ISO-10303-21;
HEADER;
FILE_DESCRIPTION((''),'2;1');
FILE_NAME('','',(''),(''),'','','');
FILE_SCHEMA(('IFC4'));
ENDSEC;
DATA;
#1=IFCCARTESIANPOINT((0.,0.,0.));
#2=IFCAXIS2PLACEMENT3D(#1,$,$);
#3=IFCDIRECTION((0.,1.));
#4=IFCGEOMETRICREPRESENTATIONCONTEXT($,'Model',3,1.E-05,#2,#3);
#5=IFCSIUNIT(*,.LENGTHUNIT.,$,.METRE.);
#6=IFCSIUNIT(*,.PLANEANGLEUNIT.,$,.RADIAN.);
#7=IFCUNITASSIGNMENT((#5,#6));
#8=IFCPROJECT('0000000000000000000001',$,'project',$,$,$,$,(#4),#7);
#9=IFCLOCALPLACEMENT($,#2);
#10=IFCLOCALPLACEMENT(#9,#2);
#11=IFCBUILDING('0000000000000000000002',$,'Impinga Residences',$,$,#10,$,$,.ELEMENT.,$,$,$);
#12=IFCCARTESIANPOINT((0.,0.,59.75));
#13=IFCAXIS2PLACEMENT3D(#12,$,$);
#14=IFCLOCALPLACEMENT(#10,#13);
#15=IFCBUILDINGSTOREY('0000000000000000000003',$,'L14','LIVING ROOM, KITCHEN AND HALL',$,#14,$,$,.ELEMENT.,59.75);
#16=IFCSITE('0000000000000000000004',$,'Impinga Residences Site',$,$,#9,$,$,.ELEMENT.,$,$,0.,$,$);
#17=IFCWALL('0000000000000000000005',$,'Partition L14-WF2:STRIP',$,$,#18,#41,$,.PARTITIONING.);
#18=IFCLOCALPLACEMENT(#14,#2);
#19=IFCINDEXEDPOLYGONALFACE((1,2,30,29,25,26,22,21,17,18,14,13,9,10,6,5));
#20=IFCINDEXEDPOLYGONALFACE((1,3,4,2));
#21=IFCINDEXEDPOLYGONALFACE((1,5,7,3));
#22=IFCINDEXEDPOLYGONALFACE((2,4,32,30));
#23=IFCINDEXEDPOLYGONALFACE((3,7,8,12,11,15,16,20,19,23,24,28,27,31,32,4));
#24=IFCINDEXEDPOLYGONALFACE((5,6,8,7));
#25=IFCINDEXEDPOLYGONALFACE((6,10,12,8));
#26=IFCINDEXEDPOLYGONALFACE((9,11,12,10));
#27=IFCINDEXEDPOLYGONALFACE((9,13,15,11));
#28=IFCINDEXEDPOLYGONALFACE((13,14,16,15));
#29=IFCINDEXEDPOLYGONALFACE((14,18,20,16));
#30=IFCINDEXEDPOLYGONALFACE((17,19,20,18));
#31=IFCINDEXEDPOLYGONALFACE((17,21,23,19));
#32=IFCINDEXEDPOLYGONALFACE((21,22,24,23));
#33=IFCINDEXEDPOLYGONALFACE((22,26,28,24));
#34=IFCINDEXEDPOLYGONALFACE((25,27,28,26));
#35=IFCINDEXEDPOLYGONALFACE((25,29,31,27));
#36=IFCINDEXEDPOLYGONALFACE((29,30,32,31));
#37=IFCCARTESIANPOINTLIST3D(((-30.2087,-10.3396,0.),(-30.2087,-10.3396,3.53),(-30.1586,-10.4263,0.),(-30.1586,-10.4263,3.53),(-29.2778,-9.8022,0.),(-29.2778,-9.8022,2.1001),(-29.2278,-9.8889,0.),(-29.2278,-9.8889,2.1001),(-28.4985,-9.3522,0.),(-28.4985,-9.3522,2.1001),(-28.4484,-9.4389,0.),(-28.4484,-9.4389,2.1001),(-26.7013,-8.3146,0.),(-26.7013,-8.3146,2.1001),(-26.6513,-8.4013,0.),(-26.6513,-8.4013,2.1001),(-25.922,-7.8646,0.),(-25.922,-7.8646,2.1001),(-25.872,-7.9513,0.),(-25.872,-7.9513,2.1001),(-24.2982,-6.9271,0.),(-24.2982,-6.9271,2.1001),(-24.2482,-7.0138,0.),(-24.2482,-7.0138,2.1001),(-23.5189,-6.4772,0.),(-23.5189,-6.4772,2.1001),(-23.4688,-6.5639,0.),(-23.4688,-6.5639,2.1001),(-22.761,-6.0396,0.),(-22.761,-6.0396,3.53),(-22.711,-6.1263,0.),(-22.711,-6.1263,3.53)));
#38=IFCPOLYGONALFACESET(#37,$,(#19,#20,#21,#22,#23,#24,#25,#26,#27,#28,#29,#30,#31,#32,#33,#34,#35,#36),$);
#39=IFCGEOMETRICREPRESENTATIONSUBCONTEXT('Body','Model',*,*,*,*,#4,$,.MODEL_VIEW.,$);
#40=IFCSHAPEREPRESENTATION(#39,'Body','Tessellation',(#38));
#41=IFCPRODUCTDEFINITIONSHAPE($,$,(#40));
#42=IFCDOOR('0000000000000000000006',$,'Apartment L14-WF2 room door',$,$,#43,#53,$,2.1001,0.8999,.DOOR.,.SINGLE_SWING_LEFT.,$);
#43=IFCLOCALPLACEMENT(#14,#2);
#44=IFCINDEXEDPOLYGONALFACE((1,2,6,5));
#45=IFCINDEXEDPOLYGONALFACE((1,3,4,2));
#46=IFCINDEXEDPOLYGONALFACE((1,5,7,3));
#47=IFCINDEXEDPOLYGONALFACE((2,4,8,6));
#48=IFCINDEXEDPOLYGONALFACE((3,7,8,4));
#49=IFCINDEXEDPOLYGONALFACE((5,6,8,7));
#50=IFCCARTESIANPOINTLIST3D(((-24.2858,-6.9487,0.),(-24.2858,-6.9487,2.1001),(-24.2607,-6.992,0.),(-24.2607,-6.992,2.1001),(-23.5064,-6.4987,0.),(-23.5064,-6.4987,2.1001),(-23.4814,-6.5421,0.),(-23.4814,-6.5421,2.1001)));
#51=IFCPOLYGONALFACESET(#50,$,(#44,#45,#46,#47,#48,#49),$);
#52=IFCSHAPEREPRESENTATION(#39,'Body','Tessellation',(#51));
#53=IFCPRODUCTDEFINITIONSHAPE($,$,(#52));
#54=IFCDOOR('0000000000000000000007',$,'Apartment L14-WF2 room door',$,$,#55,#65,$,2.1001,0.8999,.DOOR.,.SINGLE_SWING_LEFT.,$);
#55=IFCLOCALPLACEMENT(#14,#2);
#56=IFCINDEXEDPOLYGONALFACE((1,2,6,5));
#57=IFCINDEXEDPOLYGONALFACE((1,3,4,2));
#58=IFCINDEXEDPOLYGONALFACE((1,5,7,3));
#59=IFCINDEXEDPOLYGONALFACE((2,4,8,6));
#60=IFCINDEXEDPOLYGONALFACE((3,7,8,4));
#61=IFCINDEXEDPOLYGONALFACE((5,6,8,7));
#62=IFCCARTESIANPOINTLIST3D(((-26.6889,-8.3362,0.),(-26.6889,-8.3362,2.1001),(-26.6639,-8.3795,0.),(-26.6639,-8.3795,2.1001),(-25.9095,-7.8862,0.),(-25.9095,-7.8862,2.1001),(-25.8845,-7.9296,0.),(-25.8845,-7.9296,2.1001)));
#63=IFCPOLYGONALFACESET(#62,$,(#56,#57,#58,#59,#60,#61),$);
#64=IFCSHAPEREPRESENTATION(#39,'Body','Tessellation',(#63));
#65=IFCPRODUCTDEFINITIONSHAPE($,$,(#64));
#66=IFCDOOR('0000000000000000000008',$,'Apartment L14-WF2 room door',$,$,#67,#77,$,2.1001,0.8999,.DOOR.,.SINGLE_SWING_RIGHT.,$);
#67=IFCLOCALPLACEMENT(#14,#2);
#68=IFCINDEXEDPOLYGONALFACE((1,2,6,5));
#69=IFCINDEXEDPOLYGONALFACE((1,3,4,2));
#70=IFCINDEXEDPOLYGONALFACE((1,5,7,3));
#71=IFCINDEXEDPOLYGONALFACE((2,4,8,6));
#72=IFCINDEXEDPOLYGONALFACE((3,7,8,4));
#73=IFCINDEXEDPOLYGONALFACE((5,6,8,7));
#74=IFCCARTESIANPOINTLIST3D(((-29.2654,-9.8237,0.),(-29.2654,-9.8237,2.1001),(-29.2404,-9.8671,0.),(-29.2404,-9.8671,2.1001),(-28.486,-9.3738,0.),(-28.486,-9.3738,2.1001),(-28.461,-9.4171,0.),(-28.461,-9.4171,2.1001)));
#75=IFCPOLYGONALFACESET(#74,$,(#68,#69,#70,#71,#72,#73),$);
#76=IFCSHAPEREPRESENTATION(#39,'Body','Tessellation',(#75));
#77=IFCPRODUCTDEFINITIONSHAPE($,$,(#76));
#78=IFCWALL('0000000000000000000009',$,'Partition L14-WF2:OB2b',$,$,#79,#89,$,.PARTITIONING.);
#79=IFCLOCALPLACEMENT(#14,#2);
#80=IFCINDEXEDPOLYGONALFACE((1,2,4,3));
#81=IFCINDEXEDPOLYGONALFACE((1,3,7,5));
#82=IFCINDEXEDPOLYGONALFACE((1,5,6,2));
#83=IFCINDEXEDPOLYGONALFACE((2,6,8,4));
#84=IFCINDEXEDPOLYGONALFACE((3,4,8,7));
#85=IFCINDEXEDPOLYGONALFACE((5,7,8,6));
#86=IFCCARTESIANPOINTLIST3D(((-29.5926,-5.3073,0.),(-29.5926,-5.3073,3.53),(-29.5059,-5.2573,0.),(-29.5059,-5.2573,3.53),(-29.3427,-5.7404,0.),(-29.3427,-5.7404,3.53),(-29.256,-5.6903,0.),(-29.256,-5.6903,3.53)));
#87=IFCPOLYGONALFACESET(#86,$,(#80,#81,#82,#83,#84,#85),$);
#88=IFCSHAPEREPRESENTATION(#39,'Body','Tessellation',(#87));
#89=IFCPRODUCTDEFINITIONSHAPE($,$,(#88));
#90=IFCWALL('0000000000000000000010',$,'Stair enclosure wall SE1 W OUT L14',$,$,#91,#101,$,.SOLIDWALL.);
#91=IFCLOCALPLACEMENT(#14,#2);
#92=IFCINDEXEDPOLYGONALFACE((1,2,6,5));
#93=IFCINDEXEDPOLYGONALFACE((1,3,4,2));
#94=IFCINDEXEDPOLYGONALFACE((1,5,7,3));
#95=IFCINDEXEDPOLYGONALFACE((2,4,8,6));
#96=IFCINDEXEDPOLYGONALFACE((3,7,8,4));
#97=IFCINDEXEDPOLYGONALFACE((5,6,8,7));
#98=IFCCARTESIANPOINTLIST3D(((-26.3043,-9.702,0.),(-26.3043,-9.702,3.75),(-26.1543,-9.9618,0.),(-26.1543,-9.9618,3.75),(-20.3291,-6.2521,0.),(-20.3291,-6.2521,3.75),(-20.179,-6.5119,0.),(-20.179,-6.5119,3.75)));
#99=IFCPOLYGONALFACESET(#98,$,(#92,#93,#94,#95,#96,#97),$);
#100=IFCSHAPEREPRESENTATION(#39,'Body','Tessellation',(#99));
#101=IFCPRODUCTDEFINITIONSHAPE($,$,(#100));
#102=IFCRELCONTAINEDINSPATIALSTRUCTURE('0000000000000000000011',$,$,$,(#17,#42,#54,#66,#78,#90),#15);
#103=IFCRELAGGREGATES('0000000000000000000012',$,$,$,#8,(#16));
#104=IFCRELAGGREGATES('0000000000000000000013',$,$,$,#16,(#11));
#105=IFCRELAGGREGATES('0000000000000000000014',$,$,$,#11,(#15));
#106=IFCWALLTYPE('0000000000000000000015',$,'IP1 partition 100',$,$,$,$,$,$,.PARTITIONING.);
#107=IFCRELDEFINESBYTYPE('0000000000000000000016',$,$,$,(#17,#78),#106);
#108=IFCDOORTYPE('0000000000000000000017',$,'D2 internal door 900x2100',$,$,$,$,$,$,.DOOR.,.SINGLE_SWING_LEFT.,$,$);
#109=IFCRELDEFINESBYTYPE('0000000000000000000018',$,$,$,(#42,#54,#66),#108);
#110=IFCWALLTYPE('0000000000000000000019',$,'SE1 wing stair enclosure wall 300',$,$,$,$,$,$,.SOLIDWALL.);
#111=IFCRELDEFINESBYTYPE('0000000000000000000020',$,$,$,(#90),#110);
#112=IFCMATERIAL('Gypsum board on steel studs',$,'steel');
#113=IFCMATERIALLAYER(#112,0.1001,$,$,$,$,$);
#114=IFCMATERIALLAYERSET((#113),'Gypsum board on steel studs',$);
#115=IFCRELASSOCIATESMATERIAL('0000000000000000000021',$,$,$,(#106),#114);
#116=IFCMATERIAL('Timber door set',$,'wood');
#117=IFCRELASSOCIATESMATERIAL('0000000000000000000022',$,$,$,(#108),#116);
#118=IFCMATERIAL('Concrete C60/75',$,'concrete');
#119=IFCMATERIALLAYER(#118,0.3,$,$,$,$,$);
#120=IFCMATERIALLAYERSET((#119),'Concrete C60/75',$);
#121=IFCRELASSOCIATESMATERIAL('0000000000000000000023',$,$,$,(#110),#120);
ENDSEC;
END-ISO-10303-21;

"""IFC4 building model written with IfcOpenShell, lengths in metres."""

from ifc_helpers import new_model, si_unit, direction, frame, frame_2d, origin, place, context, subcontext, project, spatial, rectangle, extrude, material, layer, layer_set, type_object, element, fill, save


model = new_model("IFC4")

# Units and contexts
model_context = context("Model", 3, precision=1e-05, world=origin(), true_north=direction((0.0, 1.0)))
body_context = subcontext(model_context, "Body", "Model", "MODEL_VIEW")
ifc_project = project(units=[si_unit("LENGTHUNIT", "METRE"), si_unit("PLANEANGLEUNIT", "RADIAN")], contexts=[model_context])

# Site, building, storey
site_placement = place(None, origin())
site = spatial("IfcSite", under=ifc_project, at=site_placement, Name="Impinga Residences Site", CompositionType="ELEMENT", RefElevation=0.0)
building_placement = place(site_placement, origin())
building = spatial("IfcBuilding", under=site, at=building_placement, Name="Impinga Residences", CompositionType="ELEMENT")
storey_placement = place(building_placement, frame((0.0, 0.0, 59.75)))
storey = spatial("IfcBuildingStorey", under=building, at=storey_placement, Name="L14", Description="LIVING ROOM, KITCHEN AND HALL", CompositionType="ELEMENT", Elevation=59.75)

# Shared definitions
ifc_material_1 = material(Name="Concrete C60/75", Category="concrete")

# Shared definitions
ifc_material_2 = material(Name="Gypsum board on steel studs", Category="steel")
ifc_layer_1 = layer(ifc_material_2, 0.1001)
ifc_layer_set_1 = layer_set([ifc_layer_1], Name="Gypsum board on steel studs")
wall_type_1 = type_object("IfcWallType", Name="IP1 partition 100", PredefinedType="PARTITIONING", material=ifc_layer_set_1)

# Wall, openings, doors
wall_1_placement = place(storey_placement, frame((-22.7361, -6.083, 0.0), z_axis=(0.0, 0.0, 1.0), x_axis=(-0.866021, -0.500008, 0.0)))
wall_1 = element("IfcWall", 1, at=wall_1_placement, inside=storey, type_object=wall_type_1, Name="Partition L14-WF2:STRIP", PredefinedType="PARTITIONING", context=body_context, shape_type="SweptSolid", body=[
    extrude(rectangle(XDim=8.5999, YDim=0.1001, at=frame_2d((4.2998, 0.0))), origin(), (0.0, 0.0, 1.0), 3.53),
])
opening_1_placement = place(wall_1_placement, frame((0.875, 0.0, 0.0)))
opening_1 = element("IfcOpeningElement", 2, at=opening_1_placement, cuts=wall_1, PredefinedType="OPENING", context=body_context, shape_type="SweptSolid", body=[
    extrude(rectangle(XDim=0.8999, YDim=2.1001, at=frame_2d((0.45, 1.05))), frame((0.0, 0.0601, 0.0), z_axis=(0.0, -1.0, 0.0), x_axis=(1.0, 0.0, 0.0)), (0.0, 0.0, 1.0), 0.1201),
])
opening_2_placement = place(wall_1_placement, frame((3.6499, 0.0, 0.0)))
opening_2 = element("IfcOpeningElement", 3, at=opening_2_placement, cuts=wall_1, PredefinedType="OPENING", context=body_context, shape_type="SweptSolid", body=[
    extrude(rectangle(XDim=0.8999, YDim=2.1001, at=frame_2d((0.45, 1.05))), frame((0.0, 0.0601, 0.0), z_axis=(0.0, -1.0, 0.0), x_axis=(1.0, 0.0, 0.0)), (0.0, 0.0, 1.0), 0.1201),
])
opening_3_placement = place(wall_1_placement, frame((6.625, 0.0, 0.0)))
opening_3 = element("IfcOpeningElement", 4, at=opening_3_placement, cuts=wall_1, PredefinedType="OPENING", context=body_context, shape_type="SweptSolid", body=[
    extrude(rectangle(XDim=0.8999, YDim=2.1001, at=frame_2d((0.45, 1.05))), frame((0.0, 0.0601, 0.0), z_axis=(0.0, -1.0, 0.0), x_axis=(1.0, 0.0, 0.0)), (0.0, 0.0, 1.0), 0.1201),
])
ifc_material_3 = material(Name="Timber door set", Category="wood")
door_type = type_object("IfcDoorType", Name="D2 internal door 900x2100", OperationType="SINGLE_SWING_LEFT", PredefinedType="DOOR", material=ifc_material_3)
door_1_placement = place(opening_1_placement, origin())
door_1 = element("IfcDoor", 5, at=door_1_placement, inside=storey, type_object=door_type, Name="Apartment L14-WF2 room door", OperationType="SINGLE_SWING_LEFT", OverallHeight=2.1001, OverallWidth=0.8999, PredefinedType="DOOR", context=body_context, shape_type="SweptSolid", body=[
    extrude(rectangle(XDim=0.8999, YDim=2.1001, at=frame_2d((0.45, 1.05))), frame((0.0, 0.0249, 0.0), z_axis=(0.0, -1.0, 0.0), x_axis=(1.0, 0.0, 0.0)), (0.0, 0.0, 1.0), 0.05),
])
fill(opening_1, door_1)
door_2_placement = place(opening_2_placement, origin())
door_2 = element("IfcDoor", 6, at=door_2_placement, inside=storey, type_object=door_type, Name="Apartment L14-WF2 room door", OperationType="SINGLE_SWING_LEFT", OverallHeight=2.1001, OverallWidth=0.8999, PredefinedType="DOOR", context=body_context, shape_type="SweptSolid", body=[
    extrude(rectangle(XDim=0.8999, YDim=2.1001, at=frame_2d((0.45, 1.05))), frame((0.0, 0.0249, 0.0), z_axis=(0.0, -1.0, 0.0), x_axis=(1.0, 0.0, 0.0)), (0.0, 0.0, 1.0), 0.05),
])
fill(opening_2, door_2)
door_3_placement = place(opening_3_placement, origin())
door_3 = element("IfcDoor", 7, at=door_3_placement, inside=storey, type_object=door_type, Name="Apartment L14-WF2 room door", OperationType="SINGLE_SWING_RIGHT", OverallHeight=2.1001, OverallWidth=0.8999, PredefinedType="DOOR", context=body_context, shape_type="SweptSolid", body=[
    extrude(rectangle(XDim=0.8999, YDim=2.1001, at=frame_2d((0.45, 1.05))), frame((0.0, 0.0249, 0.0), z_axis=(0.0, -1.0, 0.0), x_axis=(1.0, 0.0, 0.0)), (0.0, 0.0, 1.0), 0.05),
])
fill(opening_3, door_3)

# Walls
wall_2_placement = place(storey_placement, frame((-29.2993, -5.7153, 0.0), z_axis=(0.0, 0.0, 1.0), x_axis=(-0.49992, 0.866072, 0.0)))
element("IfcWall", 8, at=wall_2_placement, inside=storey, type_object=wall_type_1, Name="Partition L14-WF2:OB2b", PredefinedType="PARTITIONING", context=body_context, shape_type="SweptSolid", body=[
    extrude(rectangle(XDim=0.5, YDim=0.1001, at=frame_2d((0.25, 0.0))), origin(), (0.0, 0.0, 1.0), 3.53),
])
ifc_layer_2 = layer(ifc_material_1, 0.3)
ifc_layer_set_2 = layer_set([ifc_layer_2], Name="Concrete C60/75")
wall_type_2 = type_object("IfcWallType", Name="SE1 wing stair enclosure wall 300", PredefinedType="SOLIDWALL", material=ifc_layer_set_2)
wall_3_placement = place(storey_placement, frame((-20.2542, -6.3821, 0.0), z_axis=(0.0, 0.0, 1.0), x_axis=(-0.86602, -0.500009, 0.0)))
element("IfcWall", 9, at=wall_3_placement, inside=storey, type_object=wall_type_2, Name="Stair enclosure wall SE1 W OUT L14", PredefinedType="SOLIDWALL", context=body_context, shape_type="SweptSolid", body=[
    extrude(rectangle(XDim=6.8997, YDim=0.3, at=frame_2d((3.4497, 0.0))), origin(), (0.0, 0.0, 1.0), 3.75),
])

save(model, "model.ifc")
